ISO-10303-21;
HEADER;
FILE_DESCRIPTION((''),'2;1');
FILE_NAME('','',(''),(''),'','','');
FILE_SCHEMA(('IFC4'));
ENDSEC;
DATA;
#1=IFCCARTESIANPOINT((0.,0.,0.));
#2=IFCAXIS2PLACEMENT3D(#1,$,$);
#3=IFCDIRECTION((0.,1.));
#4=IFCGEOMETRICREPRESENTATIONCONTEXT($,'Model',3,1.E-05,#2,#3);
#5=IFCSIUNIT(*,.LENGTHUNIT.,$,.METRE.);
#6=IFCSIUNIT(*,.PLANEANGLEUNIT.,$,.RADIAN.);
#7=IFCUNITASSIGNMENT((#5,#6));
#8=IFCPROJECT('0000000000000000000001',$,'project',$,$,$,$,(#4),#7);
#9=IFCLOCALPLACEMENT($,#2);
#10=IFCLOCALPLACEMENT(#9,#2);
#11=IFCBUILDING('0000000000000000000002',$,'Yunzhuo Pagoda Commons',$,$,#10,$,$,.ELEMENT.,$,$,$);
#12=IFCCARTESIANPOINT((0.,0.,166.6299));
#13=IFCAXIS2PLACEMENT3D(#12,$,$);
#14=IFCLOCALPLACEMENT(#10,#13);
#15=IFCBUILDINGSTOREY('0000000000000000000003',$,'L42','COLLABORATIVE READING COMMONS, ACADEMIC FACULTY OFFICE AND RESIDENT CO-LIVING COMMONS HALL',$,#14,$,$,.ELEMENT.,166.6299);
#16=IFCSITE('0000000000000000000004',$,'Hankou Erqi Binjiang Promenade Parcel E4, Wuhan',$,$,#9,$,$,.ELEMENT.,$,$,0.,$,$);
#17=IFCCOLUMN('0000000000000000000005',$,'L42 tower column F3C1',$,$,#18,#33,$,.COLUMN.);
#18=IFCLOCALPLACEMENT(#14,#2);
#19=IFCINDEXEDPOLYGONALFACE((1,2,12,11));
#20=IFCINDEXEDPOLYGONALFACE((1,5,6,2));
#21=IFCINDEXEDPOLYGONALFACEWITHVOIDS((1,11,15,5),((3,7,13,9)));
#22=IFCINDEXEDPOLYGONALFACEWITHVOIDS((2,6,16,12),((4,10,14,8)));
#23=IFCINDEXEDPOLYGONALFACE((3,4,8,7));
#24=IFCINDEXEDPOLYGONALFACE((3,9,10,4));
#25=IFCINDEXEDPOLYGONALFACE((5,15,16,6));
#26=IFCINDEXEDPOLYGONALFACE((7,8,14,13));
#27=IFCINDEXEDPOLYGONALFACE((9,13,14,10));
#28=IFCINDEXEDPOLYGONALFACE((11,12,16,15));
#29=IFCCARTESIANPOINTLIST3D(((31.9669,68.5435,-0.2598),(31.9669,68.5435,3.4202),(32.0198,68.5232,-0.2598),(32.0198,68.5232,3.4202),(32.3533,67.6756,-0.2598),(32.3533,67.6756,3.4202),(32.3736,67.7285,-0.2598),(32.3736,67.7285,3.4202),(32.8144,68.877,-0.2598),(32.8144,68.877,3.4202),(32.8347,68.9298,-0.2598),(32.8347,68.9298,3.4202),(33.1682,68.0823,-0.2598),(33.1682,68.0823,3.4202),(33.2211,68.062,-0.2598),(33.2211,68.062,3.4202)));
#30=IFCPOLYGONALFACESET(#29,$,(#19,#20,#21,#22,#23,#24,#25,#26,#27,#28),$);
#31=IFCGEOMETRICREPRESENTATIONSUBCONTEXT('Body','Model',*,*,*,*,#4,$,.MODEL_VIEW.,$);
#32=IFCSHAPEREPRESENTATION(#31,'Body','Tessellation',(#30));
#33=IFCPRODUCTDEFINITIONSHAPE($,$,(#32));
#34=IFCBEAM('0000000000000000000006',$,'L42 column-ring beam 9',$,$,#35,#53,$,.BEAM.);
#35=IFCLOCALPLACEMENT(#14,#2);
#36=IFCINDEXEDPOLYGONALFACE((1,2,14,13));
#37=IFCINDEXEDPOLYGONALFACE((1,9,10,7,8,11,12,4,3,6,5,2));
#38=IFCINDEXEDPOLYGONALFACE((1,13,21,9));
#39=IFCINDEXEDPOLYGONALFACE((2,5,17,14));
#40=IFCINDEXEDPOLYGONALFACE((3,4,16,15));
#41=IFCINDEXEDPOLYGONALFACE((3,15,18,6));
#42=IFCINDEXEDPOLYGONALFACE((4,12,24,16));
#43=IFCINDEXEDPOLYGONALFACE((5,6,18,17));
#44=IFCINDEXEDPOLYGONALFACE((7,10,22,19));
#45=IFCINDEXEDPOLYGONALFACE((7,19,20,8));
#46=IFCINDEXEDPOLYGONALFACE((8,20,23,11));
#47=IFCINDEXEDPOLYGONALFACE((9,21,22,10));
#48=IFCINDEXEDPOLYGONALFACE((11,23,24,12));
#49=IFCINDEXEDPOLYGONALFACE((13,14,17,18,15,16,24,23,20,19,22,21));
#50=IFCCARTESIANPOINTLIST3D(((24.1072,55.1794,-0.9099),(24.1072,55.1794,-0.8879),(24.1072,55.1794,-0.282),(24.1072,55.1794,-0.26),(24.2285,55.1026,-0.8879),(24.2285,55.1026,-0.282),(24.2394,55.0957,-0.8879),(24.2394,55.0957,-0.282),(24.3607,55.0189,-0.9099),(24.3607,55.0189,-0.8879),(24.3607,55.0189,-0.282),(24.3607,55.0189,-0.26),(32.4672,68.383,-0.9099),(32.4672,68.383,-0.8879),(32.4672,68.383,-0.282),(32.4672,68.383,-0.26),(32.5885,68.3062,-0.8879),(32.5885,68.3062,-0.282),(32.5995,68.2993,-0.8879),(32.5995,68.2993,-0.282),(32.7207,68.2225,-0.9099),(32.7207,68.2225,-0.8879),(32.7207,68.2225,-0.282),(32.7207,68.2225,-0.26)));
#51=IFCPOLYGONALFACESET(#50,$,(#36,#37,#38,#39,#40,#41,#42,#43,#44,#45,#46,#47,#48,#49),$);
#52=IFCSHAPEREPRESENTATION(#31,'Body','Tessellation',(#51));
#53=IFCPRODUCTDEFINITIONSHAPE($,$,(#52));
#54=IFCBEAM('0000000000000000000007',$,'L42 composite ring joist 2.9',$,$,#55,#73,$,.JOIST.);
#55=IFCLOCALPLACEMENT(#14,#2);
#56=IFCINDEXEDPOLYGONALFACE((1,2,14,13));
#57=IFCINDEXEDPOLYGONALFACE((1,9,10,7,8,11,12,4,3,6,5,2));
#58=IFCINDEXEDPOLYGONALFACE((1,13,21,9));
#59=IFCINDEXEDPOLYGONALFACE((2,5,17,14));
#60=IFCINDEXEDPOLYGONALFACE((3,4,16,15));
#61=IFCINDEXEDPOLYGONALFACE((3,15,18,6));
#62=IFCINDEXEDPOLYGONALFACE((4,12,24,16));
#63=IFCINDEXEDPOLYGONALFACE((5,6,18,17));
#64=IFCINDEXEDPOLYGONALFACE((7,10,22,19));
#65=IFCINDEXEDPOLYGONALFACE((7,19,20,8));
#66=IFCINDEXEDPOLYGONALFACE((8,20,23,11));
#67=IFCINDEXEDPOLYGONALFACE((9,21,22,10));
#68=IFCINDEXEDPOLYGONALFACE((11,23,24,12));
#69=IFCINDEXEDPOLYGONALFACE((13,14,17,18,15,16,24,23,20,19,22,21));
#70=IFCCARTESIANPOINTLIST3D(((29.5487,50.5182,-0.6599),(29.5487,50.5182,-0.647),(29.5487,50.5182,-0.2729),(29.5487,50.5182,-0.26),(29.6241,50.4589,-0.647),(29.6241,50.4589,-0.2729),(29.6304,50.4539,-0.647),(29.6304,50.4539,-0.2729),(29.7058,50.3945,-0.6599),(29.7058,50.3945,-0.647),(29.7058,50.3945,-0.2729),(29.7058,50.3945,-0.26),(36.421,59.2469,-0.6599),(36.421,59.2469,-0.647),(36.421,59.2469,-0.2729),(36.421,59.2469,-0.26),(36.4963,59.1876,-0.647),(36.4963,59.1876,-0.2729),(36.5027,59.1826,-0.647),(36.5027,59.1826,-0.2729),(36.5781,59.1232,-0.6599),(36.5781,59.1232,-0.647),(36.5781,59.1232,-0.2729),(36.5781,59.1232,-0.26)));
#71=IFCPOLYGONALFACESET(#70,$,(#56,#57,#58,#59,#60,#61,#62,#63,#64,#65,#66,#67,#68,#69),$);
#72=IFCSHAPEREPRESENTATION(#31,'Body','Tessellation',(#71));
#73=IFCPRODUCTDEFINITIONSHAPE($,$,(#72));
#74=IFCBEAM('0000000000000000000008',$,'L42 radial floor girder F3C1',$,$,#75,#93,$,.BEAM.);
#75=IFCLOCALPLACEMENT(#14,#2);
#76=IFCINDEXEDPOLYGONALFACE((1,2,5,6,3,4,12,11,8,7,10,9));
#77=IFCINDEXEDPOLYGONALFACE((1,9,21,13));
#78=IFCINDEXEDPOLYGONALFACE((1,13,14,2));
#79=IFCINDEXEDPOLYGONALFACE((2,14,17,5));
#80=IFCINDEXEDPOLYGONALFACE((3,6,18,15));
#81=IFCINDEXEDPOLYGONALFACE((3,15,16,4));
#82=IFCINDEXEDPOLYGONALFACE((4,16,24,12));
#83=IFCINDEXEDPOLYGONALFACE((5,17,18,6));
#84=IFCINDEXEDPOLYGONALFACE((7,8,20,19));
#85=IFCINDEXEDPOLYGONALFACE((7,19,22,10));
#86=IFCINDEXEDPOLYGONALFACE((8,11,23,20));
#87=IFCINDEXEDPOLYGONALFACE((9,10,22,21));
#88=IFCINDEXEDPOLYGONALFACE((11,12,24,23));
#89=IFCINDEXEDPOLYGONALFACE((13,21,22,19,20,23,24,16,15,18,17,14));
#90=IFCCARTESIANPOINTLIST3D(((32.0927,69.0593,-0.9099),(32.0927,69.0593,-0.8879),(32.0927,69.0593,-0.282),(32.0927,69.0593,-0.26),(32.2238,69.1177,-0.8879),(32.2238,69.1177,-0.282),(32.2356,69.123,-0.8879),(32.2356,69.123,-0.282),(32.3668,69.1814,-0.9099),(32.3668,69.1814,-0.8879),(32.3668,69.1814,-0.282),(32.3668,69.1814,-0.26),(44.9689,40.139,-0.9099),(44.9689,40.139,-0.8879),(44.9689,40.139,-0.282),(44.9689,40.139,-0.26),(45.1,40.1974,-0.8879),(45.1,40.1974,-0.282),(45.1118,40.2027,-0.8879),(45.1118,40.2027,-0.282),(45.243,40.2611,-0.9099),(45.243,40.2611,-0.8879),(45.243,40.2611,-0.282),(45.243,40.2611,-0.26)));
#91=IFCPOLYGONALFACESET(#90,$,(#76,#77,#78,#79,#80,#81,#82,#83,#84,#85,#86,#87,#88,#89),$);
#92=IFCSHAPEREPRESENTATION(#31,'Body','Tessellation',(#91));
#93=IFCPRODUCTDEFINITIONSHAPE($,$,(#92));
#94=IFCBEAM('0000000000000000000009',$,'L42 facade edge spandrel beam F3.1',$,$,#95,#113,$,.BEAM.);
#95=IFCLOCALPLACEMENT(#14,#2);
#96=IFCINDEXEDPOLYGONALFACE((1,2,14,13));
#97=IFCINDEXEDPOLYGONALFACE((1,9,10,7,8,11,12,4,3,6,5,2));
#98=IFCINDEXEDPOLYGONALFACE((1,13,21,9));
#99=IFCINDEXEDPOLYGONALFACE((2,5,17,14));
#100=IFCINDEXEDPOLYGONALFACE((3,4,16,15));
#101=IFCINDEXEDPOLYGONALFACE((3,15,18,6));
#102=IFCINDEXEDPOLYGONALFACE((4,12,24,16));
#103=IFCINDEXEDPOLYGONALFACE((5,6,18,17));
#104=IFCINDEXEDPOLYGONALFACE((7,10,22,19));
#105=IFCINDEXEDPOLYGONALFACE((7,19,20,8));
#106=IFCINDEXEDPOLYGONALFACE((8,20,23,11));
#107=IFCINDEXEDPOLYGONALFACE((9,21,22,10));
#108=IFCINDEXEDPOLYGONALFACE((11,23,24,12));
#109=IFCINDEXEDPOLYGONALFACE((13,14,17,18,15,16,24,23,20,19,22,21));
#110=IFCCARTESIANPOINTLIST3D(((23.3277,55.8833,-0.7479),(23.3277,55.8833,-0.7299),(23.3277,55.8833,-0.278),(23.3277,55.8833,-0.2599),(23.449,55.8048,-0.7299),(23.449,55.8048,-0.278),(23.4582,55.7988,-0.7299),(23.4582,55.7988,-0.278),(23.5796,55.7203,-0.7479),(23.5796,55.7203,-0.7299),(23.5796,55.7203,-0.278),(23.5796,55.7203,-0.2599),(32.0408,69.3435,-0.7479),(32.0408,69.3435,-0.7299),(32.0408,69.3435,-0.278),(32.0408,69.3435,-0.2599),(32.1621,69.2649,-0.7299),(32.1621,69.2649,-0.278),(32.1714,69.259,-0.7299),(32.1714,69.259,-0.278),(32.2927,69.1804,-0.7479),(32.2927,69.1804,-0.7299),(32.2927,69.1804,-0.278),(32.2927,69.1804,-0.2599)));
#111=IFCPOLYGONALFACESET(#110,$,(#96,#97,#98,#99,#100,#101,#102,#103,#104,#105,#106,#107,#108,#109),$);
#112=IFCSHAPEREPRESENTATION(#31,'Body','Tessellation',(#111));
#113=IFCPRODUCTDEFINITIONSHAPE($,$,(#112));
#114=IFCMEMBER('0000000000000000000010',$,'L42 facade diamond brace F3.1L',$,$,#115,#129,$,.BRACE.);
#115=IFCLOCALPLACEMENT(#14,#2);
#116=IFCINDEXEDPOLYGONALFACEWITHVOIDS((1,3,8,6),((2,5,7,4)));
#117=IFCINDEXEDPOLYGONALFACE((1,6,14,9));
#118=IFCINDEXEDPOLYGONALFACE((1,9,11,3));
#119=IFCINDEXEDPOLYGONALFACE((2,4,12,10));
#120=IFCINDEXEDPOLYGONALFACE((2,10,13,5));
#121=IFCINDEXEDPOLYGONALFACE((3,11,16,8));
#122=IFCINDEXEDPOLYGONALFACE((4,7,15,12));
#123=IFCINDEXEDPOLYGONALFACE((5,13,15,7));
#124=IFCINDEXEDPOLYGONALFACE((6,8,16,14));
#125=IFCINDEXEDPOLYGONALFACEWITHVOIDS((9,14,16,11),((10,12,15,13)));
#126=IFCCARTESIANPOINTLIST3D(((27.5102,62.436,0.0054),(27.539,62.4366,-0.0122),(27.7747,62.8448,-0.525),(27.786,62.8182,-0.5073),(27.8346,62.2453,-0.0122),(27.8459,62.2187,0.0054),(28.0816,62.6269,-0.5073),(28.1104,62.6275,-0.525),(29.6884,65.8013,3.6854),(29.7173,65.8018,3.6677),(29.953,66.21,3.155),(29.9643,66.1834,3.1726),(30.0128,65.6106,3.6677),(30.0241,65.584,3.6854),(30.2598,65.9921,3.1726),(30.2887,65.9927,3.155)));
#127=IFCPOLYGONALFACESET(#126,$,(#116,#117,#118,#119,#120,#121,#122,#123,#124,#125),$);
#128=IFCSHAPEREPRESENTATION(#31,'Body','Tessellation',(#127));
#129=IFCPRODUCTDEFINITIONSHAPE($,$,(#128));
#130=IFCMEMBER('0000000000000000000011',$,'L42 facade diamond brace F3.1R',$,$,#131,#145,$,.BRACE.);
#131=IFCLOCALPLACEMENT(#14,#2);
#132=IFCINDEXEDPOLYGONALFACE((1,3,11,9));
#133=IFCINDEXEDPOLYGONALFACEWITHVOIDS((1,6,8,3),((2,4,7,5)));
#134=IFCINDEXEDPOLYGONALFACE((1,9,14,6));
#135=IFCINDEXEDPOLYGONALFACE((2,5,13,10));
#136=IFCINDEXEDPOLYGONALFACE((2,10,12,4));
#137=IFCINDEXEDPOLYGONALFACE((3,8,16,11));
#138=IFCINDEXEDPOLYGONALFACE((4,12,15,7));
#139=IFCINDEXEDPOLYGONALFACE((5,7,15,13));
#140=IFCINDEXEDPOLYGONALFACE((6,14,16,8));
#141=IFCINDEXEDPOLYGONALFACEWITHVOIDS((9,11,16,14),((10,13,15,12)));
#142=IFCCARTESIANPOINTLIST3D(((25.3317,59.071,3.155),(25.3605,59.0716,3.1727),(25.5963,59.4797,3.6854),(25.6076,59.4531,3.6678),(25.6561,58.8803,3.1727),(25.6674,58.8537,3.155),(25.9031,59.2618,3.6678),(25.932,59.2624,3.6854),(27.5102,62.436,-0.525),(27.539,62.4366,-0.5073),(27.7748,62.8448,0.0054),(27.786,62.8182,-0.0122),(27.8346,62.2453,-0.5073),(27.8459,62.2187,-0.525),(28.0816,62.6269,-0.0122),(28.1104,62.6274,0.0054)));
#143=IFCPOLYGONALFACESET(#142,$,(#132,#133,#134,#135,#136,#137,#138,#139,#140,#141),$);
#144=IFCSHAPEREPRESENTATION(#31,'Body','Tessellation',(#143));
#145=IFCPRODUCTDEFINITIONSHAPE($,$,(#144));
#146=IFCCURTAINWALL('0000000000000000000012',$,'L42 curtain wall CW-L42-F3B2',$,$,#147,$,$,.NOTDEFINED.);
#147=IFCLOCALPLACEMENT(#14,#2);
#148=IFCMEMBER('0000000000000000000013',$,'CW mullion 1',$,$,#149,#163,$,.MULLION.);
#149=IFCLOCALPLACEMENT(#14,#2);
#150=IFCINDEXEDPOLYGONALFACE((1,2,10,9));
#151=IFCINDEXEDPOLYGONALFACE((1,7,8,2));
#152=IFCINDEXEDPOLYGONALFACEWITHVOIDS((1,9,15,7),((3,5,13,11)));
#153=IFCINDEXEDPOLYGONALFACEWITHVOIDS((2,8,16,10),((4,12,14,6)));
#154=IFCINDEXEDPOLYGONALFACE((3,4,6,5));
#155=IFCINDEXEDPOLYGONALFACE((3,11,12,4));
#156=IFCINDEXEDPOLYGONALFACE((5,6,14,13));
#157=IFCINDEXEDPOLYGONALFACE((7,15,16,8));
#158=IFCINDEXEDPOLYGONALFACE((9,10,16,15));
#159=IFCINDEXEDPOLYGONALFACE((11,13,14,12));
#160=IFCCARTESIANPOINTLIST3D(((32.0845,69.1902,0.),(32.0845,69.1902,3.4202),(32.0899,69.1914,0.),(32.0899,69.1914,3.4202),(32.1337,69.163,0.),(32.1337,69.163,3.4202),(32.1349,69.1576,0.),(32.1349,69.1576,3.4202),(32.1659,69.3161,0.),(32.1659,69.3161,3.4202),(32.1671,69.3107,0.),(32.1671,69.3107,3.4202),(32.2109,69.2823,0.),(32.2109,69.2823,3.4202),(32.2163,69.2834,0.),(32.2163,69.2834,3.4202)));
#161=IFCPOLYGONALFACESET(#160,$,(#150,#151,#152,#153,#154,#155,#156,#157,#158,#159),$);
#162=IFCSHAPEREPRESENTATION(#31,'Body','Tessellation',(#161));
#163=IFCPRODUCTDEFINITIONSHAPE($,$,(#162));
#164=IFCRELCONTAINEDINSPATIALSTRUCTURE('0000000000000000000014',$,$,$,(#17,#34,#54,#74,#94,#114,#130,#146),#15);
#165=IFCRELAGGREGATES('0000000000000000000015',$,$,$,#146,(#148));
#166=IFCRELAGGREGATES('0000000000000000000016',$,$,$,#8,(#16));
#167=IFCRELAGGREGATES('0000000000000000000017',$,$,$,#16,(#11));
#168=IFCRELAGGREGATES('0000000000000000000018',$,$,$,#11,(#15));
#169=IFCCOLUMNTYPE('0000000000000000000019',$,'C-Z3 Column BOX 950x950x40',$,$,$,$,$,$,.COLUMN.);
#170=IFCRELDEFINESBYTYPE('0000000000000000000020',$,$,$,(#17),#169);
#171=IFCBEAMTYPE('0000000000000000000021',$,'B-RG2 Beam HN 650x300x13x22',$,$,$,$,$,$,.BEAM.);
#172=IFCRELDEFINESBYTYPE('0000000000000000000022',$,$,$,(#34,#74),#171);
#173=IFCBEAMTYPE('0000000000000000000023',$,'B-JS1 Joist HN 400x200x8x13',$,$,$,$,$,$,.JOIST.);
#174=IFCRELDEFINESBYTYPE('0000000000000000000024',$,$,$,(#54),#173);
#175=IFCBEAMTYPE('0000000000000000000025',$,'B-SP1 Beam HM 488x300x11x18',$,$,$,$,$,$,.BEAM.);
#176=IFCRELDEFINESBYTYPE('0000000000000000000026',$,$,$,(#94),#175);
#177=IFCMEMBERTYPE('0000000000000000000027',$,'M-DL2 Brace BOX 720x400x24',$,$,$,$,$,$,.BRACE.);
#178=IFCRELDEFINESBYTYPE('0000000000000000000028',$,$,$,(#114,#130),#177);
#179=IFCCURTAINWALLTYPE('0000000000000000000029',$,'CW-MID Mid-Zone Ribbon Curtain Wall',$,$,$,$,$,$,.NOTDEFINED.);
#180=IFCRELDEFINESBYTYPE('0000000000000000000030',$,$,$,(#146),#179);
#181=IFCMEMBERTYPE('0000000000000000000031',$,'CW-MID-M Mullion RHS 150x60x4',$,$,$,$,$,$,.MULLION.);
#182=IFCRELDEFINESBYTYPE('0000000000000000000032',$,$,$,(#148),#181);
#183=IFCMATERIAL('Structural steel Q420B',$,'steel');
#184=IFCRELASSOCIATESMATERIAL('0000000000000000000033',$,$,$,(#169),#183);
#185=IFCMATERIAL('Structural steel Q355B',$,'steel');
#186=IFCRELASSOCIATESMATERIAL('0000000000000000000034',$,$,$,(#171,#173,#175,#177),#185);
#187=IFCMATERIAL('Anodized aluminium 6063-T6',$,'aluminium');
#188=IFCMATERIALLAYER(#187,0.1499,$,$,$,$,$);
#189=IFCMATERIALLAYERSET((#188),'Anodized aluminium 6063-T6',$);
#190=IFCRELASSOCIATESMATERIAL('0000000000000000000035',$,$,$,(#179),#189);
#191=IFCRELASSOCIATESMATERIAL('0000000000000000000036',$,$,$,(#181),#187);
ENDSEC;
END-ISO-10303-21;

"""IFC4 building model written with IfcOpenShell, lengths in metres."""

from ifc_helpers import new_model, si_unit, direction, frame, origin, origin_2d, place, context, subcontext, project, spatial, hollow_rectangle, i_section, extrude, source, transform, mapped, material, layer, layer_set, material_profile, profile_set, type_object, element, aggregate, save


model = new_model("IFC4")

# Units and contexts
model_context = context("Model", 3, precision=1e-05, world=origin(), true_north=direction((0.0, 1.0)))
body_context = subcontext(model_context, "Body", "Model", "MODEL_VIEW")
ifc_project = project(units=[si_unit("LENGTHUNIT", "METRE"), si_unit("PLANEANGLEUNIT", "RADIAN")], contexts=[model_context])

# Site, building, storey
site_placement = place(None, origin())
site = spatial("IfcSite", under=ifc_project, at=site_placement, Name="Hankou Erqi Binjiang Promenade Parcel E4, Wuhan", CompositionType="ELEMENT", RefElevation=0.0)
building_placement = place(site_placement, origin())
building = spatial("IfcBuilding", under=site, at=building_placement, Name="Yunzhuo Pagoda Commons", CompositionType="ELEMENT")
storey_placement = place(building_placement, frame((0.0, 0.0, 166.6299)))
storey = spatial("IfcBuildingStorey", under=building, at=storey_placement, Name="L42", Description="COLLABORATIVE READING COMMONS, ACADEMIC FACULTY OFFICE AND RESIDENT CO-LIVING COMMONS HALL", CompositionType="ELEMENT", Elevation=166.6299)

# Column
ifc_material_1 = material(Name="Structural steel Q420B", Category="steel")
ifc_material_profile_1 = material_profile(ifc_material_1, hollow_rectangle(XDim=0.95, YDim=0.95, WallThickness=0.04, at=origin_2d()), Name="Structural steel Q420B")
ifc_profile_set_1 = profile_set([ifc_material_profile_1], Name="Structural steel Q420B")
column_type = type_object("IfcColumnType", Name="C-Z3 Column BOX 950x950x40", PredefinedType="COLUMN", material=ifc_profile_set_1)
shared_shape_1 = source(origin(), body_context, "Body", "SweptSolid", [
    extrude(hollow_rectangle(XDim=0.95, YDim=0.95, WallThickness=0.04, at=origin_2d()), origin(), (0.0, 0.0, 1.0), 3.6799),
])
column_placement = place(storey_placement, frame((32.594, 68.3027, -0.2598), z_axis=(0.0, 0.0, 1.0), x_axis=(-0.913545, -0.406737, 0.0)))
element("IfcColumn", 1, at=column_placement, inside=storey, type_object=column_type, Name="L42 tower column F3C1", PredefinedType="COLUMN", context=body_context, shape_type="MappedRepresentation", body=[
    mapped(shared_shape_1, transform((0.0, 0.0, 0.0), scale=1.0)),
])

# Beams
ifc_material_2 = material(Name="Structural steel Q355B", Category="steel")
ifc_material_profile_2 = material_profile(ifc_material_2, i_section(OverallWidth=0.3, OverallDepth=0.6499, WebThickness=0.0129, FlangeThickness=0.022, at=origin_2d()), Name="Structural steel Q355B")
ifc_profile_set_2 = profile_set([ifc_material_profile_2], Name="Structural steel Q355B")
beam_type_1 = type_object("IfcBeamType", Name="B-RG2 Beam HN 650x300x13x22", PredefinedType="BEAM", material=ifc_profile_set_2)
shared_shape_2 = source(origin(), body_context, "Body", "SweptSolid", [
    extrude(i_section(OverallWidth=0.3, OverallDepth=0.6499, WebThickness=0.0129, FlangeThickness=0.022, at=origin_2d()), origin(), (0.0, 0.0, 1.0), 15.6277),
])
beam_1_placement = place(storey_placement, frame((32.594, 68.3027, -0.585), z_axis=(-0.534952, -0.844882, 0.0), x_axis=(0.844882, -0.534952, 0.0)))
element("IfcBeam", 2, at=beam_1_placement, inside=storey, type_object=beam_type_1, Name="L42 column-ring beam 9", PredefinedType="BEAM", context=body_context, shape_type="MappedRepresentation", body=[
    mapped(shared_shape_2, transform((0.0, 0.0, 0.0), scale=1.0)),
])
ifc_material_profile_3 = material_profile(ifc_material_2, i_section(OverallWidth=0.2, OverallDepth=0.3999, WebThickness=0.0081, FlangeThickness=0.0129, at=origin_2d()), Name="Structural steel Q355B")
ifc_profile_set_3 = profile_set([ifc_material_profile_3], Name="Structural steel Q355B")
beam_type_2 = type_object("IfcBeamType", Name="B-JS1 Joist HN 400x200x8x13", PredefinedType="JOIST", material=ifc_profile_set_3)
shared_shape_3 = source(origin(), body_context, "Body", "SweptSolid", [
    extrude(i_section(OverallWidth=0.2, OverallDepth=0.3999, WebThickness=0.0081, FlangeThickness=0.0129, at=origin_2d()), origin(), (0.0, 0.0, 1.0), 11.1094),
])
beam_2_placement = place(storey_placement, frame((36.4995, 59.1851, -0.46), z_axis=(-0.618601, -0.785706, 0.0), x_axis=(0.785706, -0.618601, 0.0)))
element("IfcBeam", 3, at=beam_2_placement, inside=storey, type_object=beam_type_2, Name="L42 composite ring joist 2.9", PredefinedType="JOIST", context=body_context, shape_type="MappedRepresentation", body=[
    mapped(shared_shape_3, transform((0.0, 0.0, 0.0), scale=1.0)),
])
shared_shape_4 = source(origin(), body_context, "Body", "SweptSolid", [
    extrude(i_section(OverallWidth=0.3, OverallDepth=0.6499, WebThickness=0.0129, FlangeThickness=0.022, at=origin_2d()), origin(), (0.0, 0.0, 1.0), 31.6572),
])
beam_3_placement = place(storey_placement, frame((32.2297, 69.1204, -0.585), z_axis=(0.406737, -0.913545, 0.0), x_axis=(0.913545, 0.406737, 0.0)))
element("IfcBeam", 4, at=beam_3_placement, inside=storey, type_object=beam_type_1, Name="L42 radial floor girder F3C1", PredefinedType="BEAM", context=body_context, shape_type="MappedRepresentation", body=[
    mapped(shared_shape_4, transform((0.0, 0.0, 0.0), scale=1.0)),
])
ifc_material_profile_4 = material_profile(ifc_material_2, i_section(OverallWidth=0.3, OverallDepth=0.488, WebThickness=0.011, FlangeThickness=0.0181, at=origin_2d()), Name="Structural steel Q355B")
ifc_profile_set_4 = profile_set([ifc_material_profile_4], Name="Structural steel Q355B")
beam_type_3 = type_object("IfcBeamType", Name="B-SP1 Beam HM 488x300x11x18", PredefinedType="BEAM", material=ifc_profile_set_4)
shared_shape_5 = source(origin(), body_context, "Body", "SweptSolid", [
    extrude(i_section(OverallWidth=0.3, OverallDepth=0.488, WebThickness=0.011, FlangeThickness=0.0181, at=origin_2d()), origin(), (0.0, 0.0, 1.0), 16.0342),
])
beam_4_placement = place(storey_placement, frame((32.1667, 69.262, -0.5039), z_axis=(-0.543409, -0.839468, 0.0), x_axis=(0.839468, -0.543409, 0.0)))
element("IfcBeam", 5, at=beam_4_placement, inside=storey, type_object=beam_type_3, Name="L42 facade edge spandrel beam F3.1", PredefinedType="BEAM", context=body_context, shape_type="MappedRepresentation", body=[
    mapped(shared_shape_5, transform((0.0, 0.0, 0.0), scale=1.0)),
])

# Members
ifc_material_profile_5 = material_profile(ifc_material_2, hollow_rectangle(XDim=0.3999, YDim=0.72, WallThickness=0.0239, at=origin_2d()), Name="Structural steel Q355B")
ifc_profile_set_5 = profile_set([ifc_material_profile_5], Name="Structural steel Q355B")
member_type_1 = type_object("IfcMemberType", Name="M-DL2 Brace BOX 720x400x24", PredefinedType="BRACE", material=ifc_profile_set_5)
shared_shape_6 = source(origin(), body_context, "Body", "SweptSolid", [
    extrude(hollow_rectangle(XDim=0.3999, YDim=0.72, WallThickness=0.0239, at=origin_2d()), origin(), (0.0, 0.0, 1.0), 5.4417),
])
for number, where, z_axis, x_axis, name in (
    (6, (27.8103, 62.5317, -0.2598), (0.400289, 0.618424, 0.676255), (-0.839488, 0.543378, 0.0), "L42 facade diamond brace F3.1L"),
    (7, (27.8103, 62.5317, -0.2598), (-0.400337, -0.618385, 0.676262), (0.839443, -0.543448, 0.0), "L42 facade diamond brace F3.1R"),
):
    element("IfcMember", number, at=place(storey_placement, frame(where, z_axis=z_axis, x_axis=x_axis)), inside=storey, type_object=member_type_1, Name=name, PredefinedType="BRACE", context=body_context, shape_type="MappedRepresentation", body=[
        mapped(shared_shape_6, transform((0.0, 0.0, 0.0), scale=1.0)),
    ])

# Curtain wall, member
ifc_material_3 = material(Name="Anodized aluminium 6063-T6", Category="aluminium")
ifc_layer_1 = layer(ifc_material_3, 0.1499)
ifc_layer_set_1 = layer_set([ifc_layer_1], Name="Anodized aluminium 6063-T6")
curtain_wall_type = type_object("IfcCurtainWallType", Name="CW-MID Mid-Zone Ribbon Curtain Wall", PredefinedType="NOTDEFINED", material=ifc_layer_set_1)
curtain_wall_1_placement = place(storey_placement, origin())
curtain_wall_1 = element("IfcCurtainWall", 8, at=curtain_wall_1_placement, inside=storey, type_object=curtain_wall_type, Name="L42 curtain wall CW-L42-F3B2", PredefinedType="NOTDEFINED")
ifc_material_profile_6 = material_profile(ifc_material_3, hollow_rectangle(XDim=0.0601, YDim=0.1499, WallThickness=0.0039, at=origin_2d()), Name="Anodized aluminium 6063-T6")
ifc_profile_set_6 = profile_set([ifc_material_profile_6], Name="Anodized aluminium 6063-T6")
member_type_2 = type_object("IfcMemberType", Name="CW-MID-M Mullion RHS 150x60x4", PredefinedType="MULLION", material=ifc_profile_set_6)
shared_shape_7 = source(origin(), body_context, "Body", "SweptSolid", [
    extrude(hollow_rectangle(XDim=0.0601, YDim=0.1499, WallThickness=0.0039, at=origin_2d()), origin(), (0.0, 0.0, 1.0), 3.4202),
])
member_1_placement = place(storey_placement, frame((32.1504, 69.2368, 0.0), z_axis=(0.0, 0.0, 1.0), x_axis=(0.839466, -0.543412, 0.0)))
member_1 = element("IfcMember", 9, at=member_1_placement, type_object=member_type_2, Name="CW mullion 1", PredefinedType="MULLION", context=body_context, shape_type="MappedRepresentation", body=[
    mapped(shared_shape_7, transform((0.0, 0.0, 0.0), scale=1.0)),
])

aggregate(curtain_wall_1, [member_1])

save(model, "model.ifc")
